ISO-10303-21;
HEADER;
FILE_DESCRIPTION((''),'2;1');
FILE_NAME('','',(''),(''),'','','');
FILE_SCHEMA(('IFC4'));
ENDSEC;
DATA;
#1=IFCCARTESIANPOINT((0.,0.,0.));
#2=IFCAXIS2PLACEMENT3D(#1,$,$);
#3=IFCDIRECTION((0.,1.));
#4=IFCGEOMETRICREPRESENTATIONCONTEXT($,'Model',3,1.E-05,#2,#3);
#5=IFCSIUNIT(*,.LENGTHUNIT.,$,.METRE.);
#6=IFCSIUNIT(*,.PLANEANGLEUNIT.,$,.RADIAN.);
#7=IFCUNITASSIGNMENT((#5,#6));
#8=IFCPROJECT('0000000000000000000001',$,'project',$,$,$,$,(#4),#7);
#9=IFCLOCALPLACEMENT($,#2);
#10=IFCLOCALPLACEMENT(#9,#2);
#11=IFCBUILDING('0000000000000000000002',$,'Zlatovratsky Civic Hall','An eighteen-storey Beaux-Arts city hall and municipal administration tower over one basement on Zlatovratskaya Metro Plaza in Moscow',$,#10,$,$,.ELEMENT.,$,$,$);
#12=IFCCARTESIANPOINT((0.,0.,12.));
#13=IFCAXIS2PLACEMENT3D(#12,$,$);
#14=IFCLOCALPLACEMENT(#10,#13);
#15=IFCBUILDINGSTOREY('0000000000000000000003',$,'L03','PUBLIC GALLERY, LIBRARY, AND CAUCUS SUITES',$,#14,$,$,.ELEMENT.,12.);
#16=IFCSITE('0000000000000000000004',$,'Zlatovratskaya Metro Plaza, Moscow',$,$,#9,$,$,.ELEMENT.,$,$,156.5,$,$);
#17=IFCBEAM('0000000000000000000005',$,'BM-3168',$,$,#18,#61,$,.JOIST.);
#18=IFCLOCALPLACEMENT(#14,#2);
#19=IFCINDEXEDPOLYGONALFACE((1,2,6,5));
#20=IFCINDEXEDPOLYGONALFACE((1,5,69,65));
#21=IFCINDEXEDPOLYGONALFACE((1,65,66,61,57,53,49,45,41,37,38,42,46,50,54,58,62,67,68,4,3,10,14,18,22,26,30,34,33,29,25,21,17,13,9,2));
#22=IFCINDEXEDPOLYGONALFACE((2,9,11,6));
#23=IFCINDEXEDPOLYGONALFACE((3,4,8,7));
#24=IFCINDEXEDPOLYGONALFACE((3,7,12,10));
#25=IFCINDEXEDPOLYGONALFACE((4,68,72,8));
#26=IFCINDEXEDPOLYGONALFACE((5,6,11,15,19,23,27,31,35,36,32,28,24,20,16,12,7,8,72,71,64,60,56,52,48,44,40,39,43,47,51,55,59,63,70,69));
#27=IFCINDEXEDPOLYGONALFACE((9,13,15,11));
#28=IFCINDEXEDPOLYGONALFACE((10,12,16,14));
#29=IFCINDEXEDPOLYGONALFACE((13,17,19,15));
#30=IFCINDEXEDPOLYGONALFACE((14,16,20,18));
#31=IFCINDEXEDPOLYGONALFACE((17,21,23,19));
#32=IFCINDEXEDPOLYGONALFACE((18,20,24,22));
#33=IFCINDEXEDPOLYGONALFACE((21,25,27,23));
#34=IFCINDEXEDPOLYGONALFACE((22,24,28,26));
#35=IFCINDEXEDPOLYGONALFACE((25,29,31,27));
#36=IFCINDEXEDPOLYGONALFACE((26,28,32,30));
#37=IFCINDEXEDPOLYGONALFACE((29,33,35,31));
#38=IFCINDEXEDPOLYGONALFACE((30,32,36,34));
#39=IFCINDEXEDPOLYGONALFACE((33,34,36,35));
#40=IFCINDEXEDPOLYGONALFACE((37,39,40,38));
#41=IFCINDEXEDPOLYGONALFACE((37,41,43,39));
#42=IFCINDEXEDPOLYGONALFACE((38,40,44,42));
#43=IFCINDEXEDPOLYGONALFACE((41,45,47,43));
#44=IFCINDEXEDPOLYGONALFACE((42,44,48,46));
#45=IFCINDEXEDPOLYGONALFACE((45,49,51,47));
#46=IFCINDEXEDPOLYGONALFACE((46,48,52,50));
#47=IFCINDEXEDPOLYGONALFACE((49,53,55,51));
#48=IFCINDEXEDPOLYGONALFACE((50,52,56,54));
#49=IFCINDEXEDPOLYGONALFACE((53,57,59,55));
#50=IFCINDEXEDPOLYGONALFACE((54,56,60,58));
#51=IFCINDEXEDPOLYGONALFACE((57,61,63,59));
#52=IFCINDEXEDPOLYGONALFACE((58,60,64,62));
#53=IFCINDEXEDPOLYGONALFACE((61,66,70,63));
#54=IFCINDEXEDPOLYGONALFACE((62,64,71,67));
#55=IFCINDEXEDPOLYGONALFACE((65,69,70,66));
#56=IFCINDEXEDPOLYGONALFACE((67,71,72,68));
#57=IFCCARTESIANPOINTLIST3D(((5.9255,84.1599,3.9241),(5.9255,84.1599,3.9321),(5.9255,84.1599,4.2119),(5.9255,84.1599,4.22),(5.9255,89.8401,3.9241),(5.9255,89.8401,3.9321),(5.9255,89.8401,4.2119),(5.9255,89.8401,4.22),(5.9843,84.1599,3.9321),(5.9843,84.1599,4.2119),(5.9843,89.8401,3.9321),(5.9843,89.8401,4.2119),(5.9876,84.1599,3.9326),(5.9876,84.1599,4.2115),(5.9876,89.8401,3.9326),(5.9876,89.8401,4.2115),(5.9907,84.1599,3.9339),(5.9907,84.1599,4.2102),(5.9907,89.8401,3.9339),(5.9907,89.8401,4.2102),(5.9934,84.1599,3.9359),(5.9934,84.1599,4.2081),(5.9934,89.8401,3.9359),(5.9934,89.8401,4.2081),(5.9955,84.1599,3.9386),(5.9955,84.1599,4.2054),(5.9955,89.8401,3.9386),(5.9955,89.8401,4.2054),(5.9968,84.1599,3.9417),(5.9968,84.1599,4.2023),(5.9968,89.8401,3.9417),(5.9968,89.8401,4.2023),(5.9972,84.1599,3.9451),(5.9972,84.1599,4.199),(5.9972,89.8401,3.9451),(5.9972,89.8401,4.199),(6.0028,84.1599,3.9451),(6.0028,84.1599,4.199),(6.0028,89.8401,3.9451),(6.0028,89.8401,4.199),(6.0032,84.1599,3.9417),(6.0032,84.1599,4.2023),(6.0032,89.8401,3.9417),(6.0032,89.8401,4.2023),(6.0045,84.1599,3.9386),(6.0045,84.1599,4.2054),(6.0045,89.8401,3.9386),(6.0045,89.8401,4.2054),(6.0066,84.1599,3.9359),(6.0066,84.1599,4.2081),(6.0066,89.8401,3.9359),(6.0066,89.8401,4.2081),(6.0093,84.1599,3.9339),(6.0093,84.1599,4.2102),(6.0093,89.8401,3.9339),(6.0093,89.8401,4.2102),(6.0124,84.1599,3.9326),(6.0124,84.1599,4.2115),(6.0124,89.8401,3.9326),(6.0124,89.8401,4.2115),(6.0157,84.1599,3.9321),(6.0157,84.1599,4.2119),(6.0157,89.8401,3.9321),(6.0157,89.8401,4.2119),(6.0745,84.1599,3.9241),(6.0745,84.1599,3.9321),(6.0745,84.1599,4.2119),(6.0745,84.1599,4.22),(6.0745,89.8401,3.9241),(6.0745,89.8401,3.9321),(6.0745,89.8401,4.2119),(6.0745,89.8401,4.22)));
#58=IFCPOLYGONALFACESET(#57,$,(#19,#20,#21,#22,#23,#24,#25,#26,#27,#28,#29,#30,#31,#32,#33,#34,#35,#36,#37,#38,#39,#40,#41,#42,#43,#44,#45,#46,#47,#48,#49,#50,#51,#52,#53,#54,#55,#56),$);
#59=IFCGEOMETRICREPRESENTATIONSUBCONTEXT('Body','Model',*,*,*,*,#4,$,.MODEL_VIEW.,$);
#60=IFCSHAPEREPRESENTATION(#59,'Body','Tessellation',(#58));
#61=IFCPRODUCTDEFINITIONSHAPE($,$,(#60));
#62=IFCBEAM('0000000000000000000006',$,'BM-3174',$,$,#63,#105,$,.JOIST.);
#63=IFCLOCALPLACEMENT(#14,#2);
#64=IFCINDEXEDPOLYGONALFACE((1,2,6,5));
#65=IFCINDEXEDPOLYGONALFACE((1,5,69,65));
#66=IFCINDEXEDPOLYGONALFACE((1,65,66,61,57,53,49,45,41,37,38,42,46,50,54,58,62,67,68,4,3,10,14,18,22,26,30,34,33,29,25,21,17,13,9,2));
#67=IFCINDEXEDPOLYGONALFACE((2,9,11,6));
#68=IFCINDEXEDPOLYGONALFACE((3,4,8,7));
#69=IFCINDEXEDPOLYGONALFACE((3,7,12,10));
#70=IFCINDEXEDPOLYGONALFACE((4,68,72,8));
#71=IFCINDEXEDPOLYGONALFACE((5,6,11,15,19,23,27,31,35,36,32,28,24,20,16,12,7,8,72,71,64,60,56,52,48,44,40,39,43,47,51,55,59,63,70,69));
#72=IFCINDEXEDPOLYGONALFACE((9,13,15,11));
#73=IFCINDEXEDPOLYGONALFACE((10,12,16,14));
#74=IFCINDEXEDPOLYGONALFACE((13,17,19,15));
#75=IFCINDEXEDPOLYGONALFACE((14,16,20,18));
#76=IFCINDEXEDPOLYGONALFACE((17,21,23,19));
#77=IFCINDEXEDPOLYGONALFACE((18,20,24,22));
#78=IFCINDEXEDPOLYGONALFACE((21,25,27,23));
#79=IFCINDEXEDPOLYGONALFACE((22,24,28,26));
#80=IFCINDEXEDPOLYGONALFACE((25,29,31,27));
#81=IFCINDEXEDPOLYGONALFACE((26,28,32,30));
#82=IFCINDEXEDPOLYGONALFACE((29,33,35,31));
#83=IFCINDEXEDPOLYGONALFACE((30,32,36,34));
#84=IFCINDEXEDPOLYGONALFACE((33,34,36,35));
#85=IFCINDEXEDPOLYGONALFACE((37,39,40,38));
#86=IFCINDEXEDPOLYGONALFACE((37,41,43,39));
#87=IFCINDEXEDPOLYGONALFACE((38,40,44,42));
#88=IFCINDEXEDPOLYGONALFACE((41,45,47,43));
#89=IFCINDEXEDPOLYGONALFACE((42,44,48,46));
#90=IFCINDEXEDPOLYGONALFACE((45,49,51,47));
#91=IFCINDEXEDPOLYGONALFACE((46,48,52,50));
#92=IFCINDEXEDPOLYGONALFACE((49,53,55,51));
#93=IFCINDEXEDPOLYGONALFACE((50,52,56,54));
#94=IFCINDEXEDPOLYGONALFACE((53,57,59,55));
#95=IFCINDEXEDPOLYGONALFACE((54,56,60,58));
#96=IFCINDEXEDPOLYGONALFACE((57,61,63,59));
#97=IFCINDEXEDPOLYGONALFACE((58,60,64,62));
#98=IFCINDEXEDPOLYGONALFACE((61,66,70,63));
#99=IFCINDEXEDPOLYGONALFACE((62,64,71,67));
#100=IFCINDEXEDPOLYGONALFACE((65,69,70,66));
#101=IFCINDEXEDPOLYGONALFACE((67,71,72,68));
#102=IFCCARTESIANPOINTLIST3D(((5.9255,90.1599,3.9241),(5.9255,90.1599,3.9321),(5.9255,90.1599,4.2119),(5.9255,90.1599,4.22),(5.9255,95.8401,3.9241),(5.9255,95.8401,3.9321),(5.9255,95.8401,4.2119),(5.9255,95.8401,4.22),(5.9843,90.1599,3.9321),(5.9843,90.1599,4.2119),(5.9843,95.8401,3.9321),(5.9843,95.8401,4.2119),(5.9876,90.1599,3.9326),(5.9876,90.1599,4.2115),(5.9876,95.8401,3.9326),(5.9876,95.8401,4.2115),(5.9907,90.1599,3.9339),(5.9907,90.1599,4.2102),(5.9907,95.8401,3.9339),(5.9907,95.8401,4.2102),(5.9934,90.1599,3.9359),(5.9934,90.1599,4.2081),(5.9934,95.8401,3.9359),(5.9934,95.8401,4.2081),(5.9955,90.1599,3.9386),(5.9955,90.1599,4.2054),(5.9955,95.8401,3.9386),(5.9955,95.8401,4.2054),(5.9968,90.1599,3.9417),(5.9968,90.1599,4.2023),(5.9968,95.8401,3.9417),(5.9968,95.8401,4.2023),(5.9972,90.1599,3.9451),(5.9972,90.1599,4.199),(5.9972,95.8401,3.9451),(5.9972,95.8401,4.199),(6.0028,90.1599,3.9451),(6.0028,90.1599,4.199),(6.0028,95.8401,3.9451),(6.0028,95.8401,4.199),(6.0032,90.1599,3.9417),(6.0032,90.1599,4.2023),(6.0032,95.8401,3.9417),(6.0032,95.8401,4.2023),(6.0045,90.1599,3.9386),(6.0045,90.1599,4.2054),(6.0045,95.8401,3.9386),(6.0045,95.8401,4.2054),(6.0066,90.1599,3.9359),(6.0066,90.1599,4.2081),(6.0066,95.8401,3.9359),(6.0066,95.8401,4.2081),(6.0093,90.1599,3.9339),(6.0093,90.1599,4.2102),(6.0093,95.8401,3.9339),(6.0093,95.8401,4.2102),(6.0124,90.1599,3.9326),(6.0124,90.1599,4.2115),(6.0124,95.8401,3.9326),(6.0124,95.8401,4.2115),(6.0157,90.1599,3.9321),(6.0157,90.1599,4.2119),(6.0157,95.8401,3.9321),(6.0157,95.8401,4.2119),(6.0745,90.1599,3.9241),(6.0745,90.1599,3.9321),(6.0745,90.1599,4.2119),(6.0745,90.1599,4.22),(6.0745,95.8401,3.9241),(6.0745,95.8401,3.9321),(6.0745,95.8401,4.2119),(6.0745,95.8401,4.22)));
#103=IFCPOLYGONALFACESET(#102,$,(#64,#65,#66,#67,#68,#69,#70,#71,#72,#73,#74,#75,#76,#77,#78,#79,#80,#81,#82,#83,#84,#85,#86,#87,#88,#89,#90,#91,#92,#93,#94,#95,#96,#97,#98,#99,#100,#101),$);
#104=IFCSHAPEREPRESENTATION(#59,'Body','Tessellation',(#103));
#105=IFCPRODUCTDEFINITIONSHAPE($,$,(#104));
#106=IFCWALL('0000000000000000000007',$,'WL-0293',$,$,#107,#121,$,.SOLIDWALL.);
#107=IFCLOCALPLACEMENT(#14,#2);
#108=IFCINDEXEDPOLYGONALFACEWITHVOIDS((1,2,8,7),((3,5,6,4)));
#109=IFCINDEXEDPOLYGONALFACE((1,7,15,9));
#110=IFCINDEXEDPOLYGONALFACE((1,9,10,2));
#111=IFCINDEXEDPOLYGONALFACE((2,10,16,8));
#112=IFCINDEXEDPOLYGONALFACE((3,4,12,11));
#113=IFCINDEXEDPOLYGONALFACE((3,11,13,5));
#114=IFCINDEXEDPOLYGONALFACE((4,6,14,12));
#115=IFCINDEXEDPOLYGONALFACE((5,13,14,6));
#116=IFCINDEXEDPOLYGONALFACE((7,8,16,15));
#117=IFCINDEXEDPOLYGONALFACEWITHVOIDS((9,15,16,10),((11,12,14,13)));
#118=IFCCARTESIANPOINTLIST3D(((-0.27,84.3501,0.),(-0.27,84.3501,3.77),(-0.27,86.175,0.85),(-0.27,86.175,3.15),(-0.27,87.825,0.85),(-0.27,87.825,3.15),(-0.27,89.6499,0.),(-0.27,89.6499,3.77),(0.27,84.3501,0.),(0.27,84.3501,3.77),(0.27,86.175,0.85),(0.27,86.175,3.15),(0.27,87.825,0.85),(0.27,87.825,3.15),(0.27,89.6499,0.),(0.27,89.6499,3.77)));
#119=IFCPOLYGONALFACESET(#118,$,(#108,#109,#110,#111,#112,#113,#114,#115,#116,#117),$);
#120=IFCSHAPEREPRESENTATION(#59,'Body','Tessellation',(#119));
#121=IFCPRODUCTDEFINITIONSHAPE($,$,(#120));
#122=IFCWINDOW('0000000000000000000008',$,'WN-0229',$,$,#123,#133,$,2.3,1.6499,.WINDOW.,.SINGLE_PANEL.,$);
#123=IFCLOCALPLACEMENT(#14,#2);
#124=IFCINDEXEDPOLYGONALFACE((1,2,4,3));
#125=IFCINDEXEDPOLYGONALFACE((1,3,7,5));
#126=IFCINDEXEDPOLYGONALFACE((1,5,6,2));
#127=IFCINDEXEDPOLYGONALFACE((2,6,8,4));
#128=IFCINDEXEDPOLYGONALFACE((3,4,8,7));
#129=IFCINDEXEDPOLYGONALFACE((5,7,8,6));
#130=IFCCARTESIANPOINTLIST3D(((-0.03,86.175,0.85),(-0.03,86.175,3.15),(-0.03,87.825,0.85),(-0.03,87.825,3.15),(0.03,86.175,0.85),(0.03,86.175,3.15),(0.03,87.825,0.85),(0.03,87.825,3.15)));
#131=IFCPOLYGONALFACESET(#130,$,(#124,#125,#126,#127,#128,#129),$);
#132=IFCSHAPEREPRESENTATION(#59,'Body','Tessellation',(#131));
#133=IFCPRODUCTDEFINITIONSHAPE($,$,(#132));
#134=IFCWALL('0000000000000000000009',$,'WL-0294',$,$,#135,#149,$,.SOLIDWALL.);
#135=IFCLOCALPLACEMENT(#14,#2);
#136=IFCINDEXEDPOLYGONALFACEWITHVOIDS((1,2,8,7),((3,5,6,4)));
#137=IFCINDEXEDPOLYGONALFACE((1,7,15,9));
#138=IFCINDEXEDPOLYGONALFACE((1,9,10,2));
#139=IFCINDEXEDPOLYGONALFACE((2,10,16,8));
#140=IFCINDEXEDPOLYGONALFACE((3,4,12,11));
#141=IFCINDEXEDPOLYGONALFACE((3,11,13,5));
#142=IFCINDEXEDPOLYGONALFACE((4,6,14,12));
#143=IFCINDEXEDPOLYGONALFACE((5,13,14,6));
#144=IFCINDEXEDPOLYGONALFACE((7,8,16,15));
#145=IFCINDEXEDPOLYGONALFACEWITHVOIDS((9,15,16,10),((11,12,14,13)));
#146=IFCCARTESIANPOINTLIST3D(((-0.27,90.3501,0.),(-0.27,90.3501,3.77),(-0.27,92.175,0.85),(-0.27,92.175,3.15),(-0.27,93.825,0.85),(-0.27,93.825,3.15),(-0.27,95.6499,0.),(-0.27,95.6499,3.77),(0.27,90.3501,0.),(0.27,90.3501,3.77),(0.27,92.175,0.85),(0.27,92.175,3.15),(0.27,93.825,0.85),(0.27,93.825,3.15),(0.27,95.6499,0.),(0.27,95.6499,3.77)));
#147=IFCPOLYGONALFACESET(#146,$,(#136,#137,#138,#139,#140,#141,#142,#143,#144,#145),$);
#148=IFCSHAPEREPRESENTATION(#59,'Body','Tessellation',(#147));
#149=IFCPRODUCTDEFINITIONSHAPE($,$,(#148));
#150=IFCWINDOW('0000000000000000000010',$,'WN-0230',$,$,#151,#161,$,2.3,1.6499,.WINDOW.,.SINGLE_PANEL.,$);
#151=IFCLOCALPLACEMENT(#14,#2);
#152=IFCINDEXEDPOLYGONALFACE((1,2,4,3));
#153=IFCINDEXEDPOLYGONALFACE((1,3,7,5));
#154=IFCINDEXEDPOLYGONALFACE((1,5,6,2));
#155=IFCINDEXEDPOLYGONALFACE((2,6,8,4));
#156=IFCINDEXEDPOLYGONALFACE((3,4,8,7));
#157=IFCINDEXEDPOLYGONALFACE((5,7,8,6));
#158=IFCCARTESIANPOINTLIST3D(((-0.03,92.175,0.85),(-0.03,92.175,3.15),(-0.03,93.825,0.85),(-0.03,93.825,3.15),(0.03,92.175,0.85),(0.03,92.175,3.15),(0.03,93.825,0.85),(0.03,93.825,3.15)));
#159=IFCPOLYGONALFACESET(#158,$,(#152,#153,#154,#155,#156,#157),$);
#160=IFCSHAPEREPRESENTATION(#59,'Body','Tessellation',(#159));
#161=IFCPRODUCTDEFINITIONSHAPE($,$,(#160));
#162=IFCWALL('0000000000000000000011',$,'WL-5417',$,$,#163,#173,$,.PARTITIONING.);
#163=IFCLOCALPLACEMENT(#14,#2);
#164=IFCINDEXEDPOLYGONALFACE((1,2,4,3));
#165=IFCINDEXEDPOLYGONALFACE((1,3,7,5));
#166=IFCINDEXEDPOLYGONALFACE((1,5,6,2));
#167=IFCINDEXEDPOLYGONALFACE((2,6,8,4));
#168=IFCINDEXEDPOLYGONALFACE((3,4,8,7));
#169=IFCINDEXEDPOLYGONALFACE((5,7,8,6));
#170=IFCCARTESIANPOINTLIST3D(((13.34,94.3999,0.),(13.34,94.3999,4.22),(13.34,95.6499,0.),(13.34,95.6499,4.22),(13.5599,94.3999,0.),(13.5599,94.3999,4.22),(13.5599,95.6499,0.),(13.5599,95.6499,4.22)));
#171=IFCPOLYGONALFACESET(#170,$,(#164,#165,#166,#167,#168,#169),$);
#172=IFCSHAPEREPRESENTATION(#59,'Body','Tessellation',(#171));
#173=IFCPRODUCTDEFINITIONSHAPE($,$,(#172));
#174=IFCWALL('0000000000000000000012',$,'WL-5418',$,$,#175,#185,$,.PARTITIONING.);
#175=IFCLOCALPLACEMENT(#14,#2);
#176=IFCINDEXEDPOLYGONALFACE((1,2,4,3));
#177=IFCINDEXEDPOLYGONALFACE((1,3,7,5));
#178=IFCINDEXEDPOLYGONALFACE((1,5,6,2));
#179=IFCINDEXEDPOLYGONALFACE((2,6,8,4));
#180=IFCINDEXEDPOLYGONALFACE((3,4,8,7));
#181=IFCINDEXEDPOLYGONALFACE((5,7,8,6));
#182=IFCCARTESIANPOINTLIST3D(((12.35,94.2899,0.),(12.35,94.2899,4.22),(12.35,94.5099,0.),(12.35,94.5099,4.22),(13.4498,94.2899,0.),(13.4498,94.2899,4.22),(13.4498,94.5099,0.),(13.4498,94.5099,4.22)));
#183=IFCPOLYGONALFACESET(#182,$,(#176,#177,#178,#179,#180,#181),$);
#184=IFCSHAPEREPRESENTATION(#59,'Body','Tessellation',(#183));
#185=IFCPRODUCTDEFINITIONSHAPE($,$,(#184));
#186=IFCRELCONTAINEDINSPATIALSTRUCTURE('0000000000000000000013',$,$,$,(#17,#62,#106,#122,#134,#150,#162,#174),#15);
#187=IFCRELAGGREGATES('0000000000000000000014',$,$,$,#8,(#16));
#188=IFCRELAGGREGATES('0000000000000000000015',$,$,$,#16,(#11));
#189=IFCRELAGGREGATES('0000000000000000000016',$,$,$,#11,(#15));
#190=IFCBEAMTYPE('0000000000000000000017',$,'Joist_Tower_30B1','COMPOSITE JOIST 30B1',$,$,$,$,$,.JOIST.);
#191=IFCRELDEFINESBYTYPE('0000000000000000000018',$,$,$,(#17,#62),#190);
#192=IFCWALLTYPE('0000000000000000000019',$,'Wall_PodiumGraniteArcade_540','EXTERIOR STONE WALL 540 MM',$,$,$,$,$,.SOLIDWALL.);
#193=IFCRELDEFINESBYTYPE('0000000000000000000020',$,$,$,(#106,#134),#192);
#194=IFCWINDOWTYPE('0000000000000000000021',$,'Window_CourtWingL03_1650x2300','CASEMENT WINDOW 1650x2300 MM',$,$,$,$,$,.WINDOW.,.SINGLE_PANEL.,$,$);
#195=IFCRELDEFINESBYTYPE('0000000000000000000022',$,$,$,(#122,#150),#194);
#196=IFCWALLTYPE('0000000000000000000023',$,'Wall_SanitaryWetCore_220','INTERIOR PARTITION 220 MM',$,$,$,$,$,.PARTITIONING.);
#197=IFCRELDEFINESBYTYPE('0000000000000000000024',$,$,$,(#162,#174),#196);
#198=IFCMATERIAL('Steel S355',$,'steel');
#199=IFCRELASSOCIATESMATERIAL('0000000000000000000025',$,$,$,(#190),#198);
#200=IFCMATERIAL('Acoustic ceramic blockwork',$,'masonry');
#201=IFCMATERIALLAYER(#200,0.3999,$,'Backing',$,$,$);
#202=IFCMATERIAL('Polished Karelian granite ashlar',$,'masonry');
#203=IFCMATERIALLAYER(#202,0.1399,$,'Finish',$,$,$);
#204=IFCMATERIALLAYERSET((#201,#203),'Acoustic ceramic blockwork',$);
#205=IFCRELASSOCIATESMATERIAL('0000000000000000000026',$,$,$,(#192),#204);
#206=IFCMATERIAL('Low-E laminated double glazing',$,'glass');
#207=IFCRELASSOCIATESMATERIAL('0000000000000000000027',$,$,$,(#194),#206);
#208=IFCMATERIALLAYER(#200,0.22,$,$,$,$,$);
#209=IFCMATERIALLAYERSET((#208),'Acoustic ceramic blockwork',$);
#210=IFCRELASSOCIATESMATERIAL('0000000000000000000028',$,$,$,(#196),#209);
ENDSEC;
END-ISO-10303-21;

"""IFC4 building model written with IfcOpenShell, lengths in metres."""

from ifc_helpers import new_model, si_unit, direction, frame, frame_2d, origin, origin_2d, place, context, subcontext, project, spatial, rectangle, i_section, extrude, material, layer, layer_set, material_profile, profile_set, type_object, element, fill, save


model = new_model("IFC4")

# Units and contexts
model_context = context("Model", 3, precision=1e-05, world=origin(), true_north=direction((0.0, 1.0)))
body_context = subcontext(model_context, "Body", "Model", "MODEL_VIEW")
ifc_project = project(units=[si_unit("LENGTHUNIT", "METRE"), si_unit("PLANEANGLEUNIT", "RADIAN")], contexts=[model_context])

# Site, building, storey
site_placement = place(None, origin())
site = spatial("IfcSite", under=ifc_project, at=site_placement, Name="Zlatovratskaya Metro Plaza, Moscow", CompositionType="ELEMENT", RefElevation=156.5)
building_placement = place(site_placement, origin())
building = spatial("IfcBuilding", under=site, at=building_placement, Name="Zlatovratsky Civic Hall", Description="An eighteen-storey Beaux-Arts city hall and municipal administration tower over one basement on Zlatovratskaya Metro Plaza in Moscow", CompositionType="ELEMENT")
storey_placement = place(building_placement, frame((0.0, 0.0, 12.0)))
storey = spatial("IfcBuildingStorey", under=building, at=storey_placement, Name="L03", Description="PUBLIC GALLERY, LIBRARY, AND CAUCUS SUITES", CompositionType="ELEMENT", Elevation=12.0)

# Beams
ifc_material_1 = material(Name="Steel S355", Category="steel")
ifc_material_profile_1 = material_profile(ifc_material_1, i_section(OverallWidth=0.1489, OverallDepth=0.2959, WebThickness=0.0056, FlangeThickness=0.0081, FilletRadius=0.0129, at=origin_2d()), Name="30B1")
ifc_profile_set_1 = profile_set([ifc_material_profile_1], Name="Steel S355")
beam_type_1 = type_object("IfcBeamType", Name="Joist_Tower_30B1", Description="COMPOSITE JOIST 30B1", PredefinedType="JOIST", material=ifc_profile_set_1)
for number, where, z_axis, x_axis, name in (
    (1, (6.0, 84.1599, 4.072), (0.0, 1.0, 0.0), (-1.0, 0.0, 0.0), "BM-3168"),
    (2, (6.0, 90.1599, 4.072), (0.0, 1.0, 0.0), (-1.0, 0.0, 0.0), "BM-3174"),
):
    element("IfcBeam", number, at=place(storey_placement, frame(where, z_axis=z_axis, x_axis=x_axis)), inside=storey, type_object=beam_type_1, Name=name, PredefinedType="JOIST", context=body_context, shape_type="SweptSolid", body=[
        extrude(i_section(OverallWidth=0.1489, OverallDepth=0.2959, WebThickness=0.0056, FlangeThickness=0.0081, FilletRadius=0.0129, at=origin_2d()), origin(), (0.0, 0.0, 1.0), 5.6802),
    ])

# Walls, openings, windows
ifc_material_2 = material(Name="Acoustic ceramic blockwork", Category="masonry")
ifc_layer_1 = layer(ifc_material_2, 0.3999, Name="Backing")
ifc_material_3 = material(Name="Polished Karelian granite ashlar", Category="masonry")
ifc_layer_2 = layer(ifc_material_3, 0.1399, Name="Finish")
ifc_layer_set_1 = layer_set([ifc_layer_1, ifc_layer_2], Name="Acoustic ceramic blockwork")
wall_type_1 = type_object("IfcWallType", Name="Wall_PodiumGraniteArcade_540", Description="EXTERIOR STONE WALL 540 MM", PredefinedType="SOLIDWALL", material=ifc_layer_set_1)
wall_1_placement = place(storey_placement, frame((0.0, 84.3501, 0.0), z_axis=(0.0, 0.0, 1.0), x_axis=(0.0, 1.0, 0.0)))
wall_1 = element("IfcWall", 3, at=wall_1_placement, inside=storey, type_object=wall_type_1, Name="WL-0293", PredefinedType="SOLIDWALL", context=body_context, shape_type="SweptSolid", body=[
    extrude(rectangle(XDim=5.2998, YDim=0.54, at=frame_2d((2.6499, 0.0))), origin(), (0.0, 0.0, 1.0), 3.77),
])
opening_1_placement = place(wall_1_placement, frame((1.825, 0.0, 0.8501)))
opening_1 = element("IfcOpeningElement", 4, at=opening_1_placement, cuts=wall_1, PredefinedType="OPENING", context=body_context, shape_type="SweptSolid", body=[
    extrude(rectangle(XDim=1.6499, YDim=2.3, at=frame_2d((0.825, 1.1499))), frame((0.0, 0.2849, 0.0), z_axis=(0.0, -1.0, 0.0), x_axis=(1.0, 0.0, 0.0)), (0.0, 0.0, 1.0), 0.5698),
])
ifc_material_4 = material(Name="Low-E laminated double glazing", Category="glass")
window_type = type_object("IfcWindowType", Name="Window_CourtWingL03_1650x2300", Description="CASEMENT WINDOW 1650x2300 MM", PartitioningType="SINGLE_PANEL", PredefinedType="WINDOW", material=ifc_material_4)
window_1_placement = place(opening_1_placement, origin())
window_1 = element("IfcWindow", 5, at=window_1_placement, inside=storey, type_object=window_type, Name="WN-0229", OverallHeight=2.3, OverallWidth=1.6499, PartitioningType="SINGLE_PANEL", PredefinedType="WINDOW", context=body_context, shape_type="SweptSolid", body=[
    extrude(rectangle(XDim=1.6499, YDim=2.3, at=frame_2d((0.825, 1.1499))), frame((0.0, 0.03, 0.0), z_axis=(0.0, -1.0, 0.0), x_axis=(1.0, 0.0, 0.0)), (0.0, 0.0, 1.0), 0.0601),
])
fill(opening_1, window_1)
wall_2_placement = place(storey_placement, frame((0.0, 90.3501, 0.0), z_axis=(0.0, 0.0, 1.0), x_axis=(0.0, 1.0, 0.0)))
wall_2 = element("IfcWall", 6, at=wall_2_placement, inside=storey, type_object=wall_type_1, Name="WL-0294", PredefinedType="SOLIDWALL", context=body_context, shape_type="SweptSolid", body=[
    extrude(rectangle(XDim=5.2998, YDim=0.54, at=frame_2d((2.6499, 0.0))), origin(), (0.0, 0.0, 1.0), 3.77),
])
opening_2_placement = place(wall_2_placement, frame((1.825, 0.0, 0.8501)))
opening_2 = element("IfcOpeningElement", 7, at=opening_2_placement, cuts=wall_2, PredefinedType="OPENING", context=body_context, shape_type="SweptSolid", body=[
    extrude(rectangle(XDim=1.6499, YDim=2.3, at=frame_2d((0.825, 1.1499))), frame((0.0, 0.2849, 0.0), z_axis=(0.0, -1.0, 0.0), x_axis=(1.0, 0.0, 0.0)), (0.0, 0.0, 1.0), 0.5698),
])
window_2_placement = place(opening_2_placement, origin())
window_2 = element("IfcWindow", 8, at=window_2_placement, inside=storey, type_object=window_type, Name="WN-0230", OverallHeight=2.3, OverallWidth=1.6499, PartitioningType="SINGLE_PANEL", PredefinedType="WINDOW", context=body_context, shape_type="SweptSolid", body=[
    extrude(rectangle(XDim=1.6499, YDim=2.3, at=frame_2d((0.825, 1.1499))), frame((0.0, 0.03, 0.0), z_axis=(0.0, -1.0, 0.0), x_axis=(1.0, 0.0, 0.0)), (0.0, 0.0, 1.0), 0.0601),
])
fill(opening_2, window_2)

# Walls
ifc_layer_3 = layer(ifc_material_2, 0.22)
ifc_layer_set_2 = layer_set([ifc_layer_3], Name="Acoustic ceramic blockwork")
wall_type_2 = type_object("IfcWallType", Name="Wall_SanitaryWetCore_220", Description="INTERIOR PARTITION 220 MM", PredefinedType="PARTITIONING", material=ifc_layer_set_2)
wall_3_placement = place(storey_placement, frame((13.45, 94.3999, 0.0), z_axis=(0.0, 0.0, 1.0), x_axis=(0.0, 1.0, 0.0)))
element("IfcWall", 9, at=wall_3_placement, inside=storey, type_object=wall_type_2, Name="WL-5417", PredefinedType="PARTITIONING", context=body_context, shape_type="SweptSolid", body=[
    extrude(rectangle(XDim=1.25, YDim=0.22, at=frame_2d((0.625, 0.0))), origin(), (0.0, 0.0, 1.0), 4.22),
])
wall_4_placement = place(storey_placement, frame((12.3501, 94.3999, 0.0), z_axis=(0.0, 0.0, 1.0), x_axis=(1.0, 0.0, 0.0)))
element("IfcWall", 10, at=wall_4_placement, inside=storey, type_object=wall_type_2, Name="WL-5418", PredefinedType="PARTITIONING", context=body_context, shape_type="SweptSolid", body=[
    extrude(rectangle(XDim=1.0999, YDim=0.22, at=frame_2d((0.5498, 0.0))), origin(), (0.0, 0.0, 1.0), 4.22),
])

save(model, "model.ifc")
